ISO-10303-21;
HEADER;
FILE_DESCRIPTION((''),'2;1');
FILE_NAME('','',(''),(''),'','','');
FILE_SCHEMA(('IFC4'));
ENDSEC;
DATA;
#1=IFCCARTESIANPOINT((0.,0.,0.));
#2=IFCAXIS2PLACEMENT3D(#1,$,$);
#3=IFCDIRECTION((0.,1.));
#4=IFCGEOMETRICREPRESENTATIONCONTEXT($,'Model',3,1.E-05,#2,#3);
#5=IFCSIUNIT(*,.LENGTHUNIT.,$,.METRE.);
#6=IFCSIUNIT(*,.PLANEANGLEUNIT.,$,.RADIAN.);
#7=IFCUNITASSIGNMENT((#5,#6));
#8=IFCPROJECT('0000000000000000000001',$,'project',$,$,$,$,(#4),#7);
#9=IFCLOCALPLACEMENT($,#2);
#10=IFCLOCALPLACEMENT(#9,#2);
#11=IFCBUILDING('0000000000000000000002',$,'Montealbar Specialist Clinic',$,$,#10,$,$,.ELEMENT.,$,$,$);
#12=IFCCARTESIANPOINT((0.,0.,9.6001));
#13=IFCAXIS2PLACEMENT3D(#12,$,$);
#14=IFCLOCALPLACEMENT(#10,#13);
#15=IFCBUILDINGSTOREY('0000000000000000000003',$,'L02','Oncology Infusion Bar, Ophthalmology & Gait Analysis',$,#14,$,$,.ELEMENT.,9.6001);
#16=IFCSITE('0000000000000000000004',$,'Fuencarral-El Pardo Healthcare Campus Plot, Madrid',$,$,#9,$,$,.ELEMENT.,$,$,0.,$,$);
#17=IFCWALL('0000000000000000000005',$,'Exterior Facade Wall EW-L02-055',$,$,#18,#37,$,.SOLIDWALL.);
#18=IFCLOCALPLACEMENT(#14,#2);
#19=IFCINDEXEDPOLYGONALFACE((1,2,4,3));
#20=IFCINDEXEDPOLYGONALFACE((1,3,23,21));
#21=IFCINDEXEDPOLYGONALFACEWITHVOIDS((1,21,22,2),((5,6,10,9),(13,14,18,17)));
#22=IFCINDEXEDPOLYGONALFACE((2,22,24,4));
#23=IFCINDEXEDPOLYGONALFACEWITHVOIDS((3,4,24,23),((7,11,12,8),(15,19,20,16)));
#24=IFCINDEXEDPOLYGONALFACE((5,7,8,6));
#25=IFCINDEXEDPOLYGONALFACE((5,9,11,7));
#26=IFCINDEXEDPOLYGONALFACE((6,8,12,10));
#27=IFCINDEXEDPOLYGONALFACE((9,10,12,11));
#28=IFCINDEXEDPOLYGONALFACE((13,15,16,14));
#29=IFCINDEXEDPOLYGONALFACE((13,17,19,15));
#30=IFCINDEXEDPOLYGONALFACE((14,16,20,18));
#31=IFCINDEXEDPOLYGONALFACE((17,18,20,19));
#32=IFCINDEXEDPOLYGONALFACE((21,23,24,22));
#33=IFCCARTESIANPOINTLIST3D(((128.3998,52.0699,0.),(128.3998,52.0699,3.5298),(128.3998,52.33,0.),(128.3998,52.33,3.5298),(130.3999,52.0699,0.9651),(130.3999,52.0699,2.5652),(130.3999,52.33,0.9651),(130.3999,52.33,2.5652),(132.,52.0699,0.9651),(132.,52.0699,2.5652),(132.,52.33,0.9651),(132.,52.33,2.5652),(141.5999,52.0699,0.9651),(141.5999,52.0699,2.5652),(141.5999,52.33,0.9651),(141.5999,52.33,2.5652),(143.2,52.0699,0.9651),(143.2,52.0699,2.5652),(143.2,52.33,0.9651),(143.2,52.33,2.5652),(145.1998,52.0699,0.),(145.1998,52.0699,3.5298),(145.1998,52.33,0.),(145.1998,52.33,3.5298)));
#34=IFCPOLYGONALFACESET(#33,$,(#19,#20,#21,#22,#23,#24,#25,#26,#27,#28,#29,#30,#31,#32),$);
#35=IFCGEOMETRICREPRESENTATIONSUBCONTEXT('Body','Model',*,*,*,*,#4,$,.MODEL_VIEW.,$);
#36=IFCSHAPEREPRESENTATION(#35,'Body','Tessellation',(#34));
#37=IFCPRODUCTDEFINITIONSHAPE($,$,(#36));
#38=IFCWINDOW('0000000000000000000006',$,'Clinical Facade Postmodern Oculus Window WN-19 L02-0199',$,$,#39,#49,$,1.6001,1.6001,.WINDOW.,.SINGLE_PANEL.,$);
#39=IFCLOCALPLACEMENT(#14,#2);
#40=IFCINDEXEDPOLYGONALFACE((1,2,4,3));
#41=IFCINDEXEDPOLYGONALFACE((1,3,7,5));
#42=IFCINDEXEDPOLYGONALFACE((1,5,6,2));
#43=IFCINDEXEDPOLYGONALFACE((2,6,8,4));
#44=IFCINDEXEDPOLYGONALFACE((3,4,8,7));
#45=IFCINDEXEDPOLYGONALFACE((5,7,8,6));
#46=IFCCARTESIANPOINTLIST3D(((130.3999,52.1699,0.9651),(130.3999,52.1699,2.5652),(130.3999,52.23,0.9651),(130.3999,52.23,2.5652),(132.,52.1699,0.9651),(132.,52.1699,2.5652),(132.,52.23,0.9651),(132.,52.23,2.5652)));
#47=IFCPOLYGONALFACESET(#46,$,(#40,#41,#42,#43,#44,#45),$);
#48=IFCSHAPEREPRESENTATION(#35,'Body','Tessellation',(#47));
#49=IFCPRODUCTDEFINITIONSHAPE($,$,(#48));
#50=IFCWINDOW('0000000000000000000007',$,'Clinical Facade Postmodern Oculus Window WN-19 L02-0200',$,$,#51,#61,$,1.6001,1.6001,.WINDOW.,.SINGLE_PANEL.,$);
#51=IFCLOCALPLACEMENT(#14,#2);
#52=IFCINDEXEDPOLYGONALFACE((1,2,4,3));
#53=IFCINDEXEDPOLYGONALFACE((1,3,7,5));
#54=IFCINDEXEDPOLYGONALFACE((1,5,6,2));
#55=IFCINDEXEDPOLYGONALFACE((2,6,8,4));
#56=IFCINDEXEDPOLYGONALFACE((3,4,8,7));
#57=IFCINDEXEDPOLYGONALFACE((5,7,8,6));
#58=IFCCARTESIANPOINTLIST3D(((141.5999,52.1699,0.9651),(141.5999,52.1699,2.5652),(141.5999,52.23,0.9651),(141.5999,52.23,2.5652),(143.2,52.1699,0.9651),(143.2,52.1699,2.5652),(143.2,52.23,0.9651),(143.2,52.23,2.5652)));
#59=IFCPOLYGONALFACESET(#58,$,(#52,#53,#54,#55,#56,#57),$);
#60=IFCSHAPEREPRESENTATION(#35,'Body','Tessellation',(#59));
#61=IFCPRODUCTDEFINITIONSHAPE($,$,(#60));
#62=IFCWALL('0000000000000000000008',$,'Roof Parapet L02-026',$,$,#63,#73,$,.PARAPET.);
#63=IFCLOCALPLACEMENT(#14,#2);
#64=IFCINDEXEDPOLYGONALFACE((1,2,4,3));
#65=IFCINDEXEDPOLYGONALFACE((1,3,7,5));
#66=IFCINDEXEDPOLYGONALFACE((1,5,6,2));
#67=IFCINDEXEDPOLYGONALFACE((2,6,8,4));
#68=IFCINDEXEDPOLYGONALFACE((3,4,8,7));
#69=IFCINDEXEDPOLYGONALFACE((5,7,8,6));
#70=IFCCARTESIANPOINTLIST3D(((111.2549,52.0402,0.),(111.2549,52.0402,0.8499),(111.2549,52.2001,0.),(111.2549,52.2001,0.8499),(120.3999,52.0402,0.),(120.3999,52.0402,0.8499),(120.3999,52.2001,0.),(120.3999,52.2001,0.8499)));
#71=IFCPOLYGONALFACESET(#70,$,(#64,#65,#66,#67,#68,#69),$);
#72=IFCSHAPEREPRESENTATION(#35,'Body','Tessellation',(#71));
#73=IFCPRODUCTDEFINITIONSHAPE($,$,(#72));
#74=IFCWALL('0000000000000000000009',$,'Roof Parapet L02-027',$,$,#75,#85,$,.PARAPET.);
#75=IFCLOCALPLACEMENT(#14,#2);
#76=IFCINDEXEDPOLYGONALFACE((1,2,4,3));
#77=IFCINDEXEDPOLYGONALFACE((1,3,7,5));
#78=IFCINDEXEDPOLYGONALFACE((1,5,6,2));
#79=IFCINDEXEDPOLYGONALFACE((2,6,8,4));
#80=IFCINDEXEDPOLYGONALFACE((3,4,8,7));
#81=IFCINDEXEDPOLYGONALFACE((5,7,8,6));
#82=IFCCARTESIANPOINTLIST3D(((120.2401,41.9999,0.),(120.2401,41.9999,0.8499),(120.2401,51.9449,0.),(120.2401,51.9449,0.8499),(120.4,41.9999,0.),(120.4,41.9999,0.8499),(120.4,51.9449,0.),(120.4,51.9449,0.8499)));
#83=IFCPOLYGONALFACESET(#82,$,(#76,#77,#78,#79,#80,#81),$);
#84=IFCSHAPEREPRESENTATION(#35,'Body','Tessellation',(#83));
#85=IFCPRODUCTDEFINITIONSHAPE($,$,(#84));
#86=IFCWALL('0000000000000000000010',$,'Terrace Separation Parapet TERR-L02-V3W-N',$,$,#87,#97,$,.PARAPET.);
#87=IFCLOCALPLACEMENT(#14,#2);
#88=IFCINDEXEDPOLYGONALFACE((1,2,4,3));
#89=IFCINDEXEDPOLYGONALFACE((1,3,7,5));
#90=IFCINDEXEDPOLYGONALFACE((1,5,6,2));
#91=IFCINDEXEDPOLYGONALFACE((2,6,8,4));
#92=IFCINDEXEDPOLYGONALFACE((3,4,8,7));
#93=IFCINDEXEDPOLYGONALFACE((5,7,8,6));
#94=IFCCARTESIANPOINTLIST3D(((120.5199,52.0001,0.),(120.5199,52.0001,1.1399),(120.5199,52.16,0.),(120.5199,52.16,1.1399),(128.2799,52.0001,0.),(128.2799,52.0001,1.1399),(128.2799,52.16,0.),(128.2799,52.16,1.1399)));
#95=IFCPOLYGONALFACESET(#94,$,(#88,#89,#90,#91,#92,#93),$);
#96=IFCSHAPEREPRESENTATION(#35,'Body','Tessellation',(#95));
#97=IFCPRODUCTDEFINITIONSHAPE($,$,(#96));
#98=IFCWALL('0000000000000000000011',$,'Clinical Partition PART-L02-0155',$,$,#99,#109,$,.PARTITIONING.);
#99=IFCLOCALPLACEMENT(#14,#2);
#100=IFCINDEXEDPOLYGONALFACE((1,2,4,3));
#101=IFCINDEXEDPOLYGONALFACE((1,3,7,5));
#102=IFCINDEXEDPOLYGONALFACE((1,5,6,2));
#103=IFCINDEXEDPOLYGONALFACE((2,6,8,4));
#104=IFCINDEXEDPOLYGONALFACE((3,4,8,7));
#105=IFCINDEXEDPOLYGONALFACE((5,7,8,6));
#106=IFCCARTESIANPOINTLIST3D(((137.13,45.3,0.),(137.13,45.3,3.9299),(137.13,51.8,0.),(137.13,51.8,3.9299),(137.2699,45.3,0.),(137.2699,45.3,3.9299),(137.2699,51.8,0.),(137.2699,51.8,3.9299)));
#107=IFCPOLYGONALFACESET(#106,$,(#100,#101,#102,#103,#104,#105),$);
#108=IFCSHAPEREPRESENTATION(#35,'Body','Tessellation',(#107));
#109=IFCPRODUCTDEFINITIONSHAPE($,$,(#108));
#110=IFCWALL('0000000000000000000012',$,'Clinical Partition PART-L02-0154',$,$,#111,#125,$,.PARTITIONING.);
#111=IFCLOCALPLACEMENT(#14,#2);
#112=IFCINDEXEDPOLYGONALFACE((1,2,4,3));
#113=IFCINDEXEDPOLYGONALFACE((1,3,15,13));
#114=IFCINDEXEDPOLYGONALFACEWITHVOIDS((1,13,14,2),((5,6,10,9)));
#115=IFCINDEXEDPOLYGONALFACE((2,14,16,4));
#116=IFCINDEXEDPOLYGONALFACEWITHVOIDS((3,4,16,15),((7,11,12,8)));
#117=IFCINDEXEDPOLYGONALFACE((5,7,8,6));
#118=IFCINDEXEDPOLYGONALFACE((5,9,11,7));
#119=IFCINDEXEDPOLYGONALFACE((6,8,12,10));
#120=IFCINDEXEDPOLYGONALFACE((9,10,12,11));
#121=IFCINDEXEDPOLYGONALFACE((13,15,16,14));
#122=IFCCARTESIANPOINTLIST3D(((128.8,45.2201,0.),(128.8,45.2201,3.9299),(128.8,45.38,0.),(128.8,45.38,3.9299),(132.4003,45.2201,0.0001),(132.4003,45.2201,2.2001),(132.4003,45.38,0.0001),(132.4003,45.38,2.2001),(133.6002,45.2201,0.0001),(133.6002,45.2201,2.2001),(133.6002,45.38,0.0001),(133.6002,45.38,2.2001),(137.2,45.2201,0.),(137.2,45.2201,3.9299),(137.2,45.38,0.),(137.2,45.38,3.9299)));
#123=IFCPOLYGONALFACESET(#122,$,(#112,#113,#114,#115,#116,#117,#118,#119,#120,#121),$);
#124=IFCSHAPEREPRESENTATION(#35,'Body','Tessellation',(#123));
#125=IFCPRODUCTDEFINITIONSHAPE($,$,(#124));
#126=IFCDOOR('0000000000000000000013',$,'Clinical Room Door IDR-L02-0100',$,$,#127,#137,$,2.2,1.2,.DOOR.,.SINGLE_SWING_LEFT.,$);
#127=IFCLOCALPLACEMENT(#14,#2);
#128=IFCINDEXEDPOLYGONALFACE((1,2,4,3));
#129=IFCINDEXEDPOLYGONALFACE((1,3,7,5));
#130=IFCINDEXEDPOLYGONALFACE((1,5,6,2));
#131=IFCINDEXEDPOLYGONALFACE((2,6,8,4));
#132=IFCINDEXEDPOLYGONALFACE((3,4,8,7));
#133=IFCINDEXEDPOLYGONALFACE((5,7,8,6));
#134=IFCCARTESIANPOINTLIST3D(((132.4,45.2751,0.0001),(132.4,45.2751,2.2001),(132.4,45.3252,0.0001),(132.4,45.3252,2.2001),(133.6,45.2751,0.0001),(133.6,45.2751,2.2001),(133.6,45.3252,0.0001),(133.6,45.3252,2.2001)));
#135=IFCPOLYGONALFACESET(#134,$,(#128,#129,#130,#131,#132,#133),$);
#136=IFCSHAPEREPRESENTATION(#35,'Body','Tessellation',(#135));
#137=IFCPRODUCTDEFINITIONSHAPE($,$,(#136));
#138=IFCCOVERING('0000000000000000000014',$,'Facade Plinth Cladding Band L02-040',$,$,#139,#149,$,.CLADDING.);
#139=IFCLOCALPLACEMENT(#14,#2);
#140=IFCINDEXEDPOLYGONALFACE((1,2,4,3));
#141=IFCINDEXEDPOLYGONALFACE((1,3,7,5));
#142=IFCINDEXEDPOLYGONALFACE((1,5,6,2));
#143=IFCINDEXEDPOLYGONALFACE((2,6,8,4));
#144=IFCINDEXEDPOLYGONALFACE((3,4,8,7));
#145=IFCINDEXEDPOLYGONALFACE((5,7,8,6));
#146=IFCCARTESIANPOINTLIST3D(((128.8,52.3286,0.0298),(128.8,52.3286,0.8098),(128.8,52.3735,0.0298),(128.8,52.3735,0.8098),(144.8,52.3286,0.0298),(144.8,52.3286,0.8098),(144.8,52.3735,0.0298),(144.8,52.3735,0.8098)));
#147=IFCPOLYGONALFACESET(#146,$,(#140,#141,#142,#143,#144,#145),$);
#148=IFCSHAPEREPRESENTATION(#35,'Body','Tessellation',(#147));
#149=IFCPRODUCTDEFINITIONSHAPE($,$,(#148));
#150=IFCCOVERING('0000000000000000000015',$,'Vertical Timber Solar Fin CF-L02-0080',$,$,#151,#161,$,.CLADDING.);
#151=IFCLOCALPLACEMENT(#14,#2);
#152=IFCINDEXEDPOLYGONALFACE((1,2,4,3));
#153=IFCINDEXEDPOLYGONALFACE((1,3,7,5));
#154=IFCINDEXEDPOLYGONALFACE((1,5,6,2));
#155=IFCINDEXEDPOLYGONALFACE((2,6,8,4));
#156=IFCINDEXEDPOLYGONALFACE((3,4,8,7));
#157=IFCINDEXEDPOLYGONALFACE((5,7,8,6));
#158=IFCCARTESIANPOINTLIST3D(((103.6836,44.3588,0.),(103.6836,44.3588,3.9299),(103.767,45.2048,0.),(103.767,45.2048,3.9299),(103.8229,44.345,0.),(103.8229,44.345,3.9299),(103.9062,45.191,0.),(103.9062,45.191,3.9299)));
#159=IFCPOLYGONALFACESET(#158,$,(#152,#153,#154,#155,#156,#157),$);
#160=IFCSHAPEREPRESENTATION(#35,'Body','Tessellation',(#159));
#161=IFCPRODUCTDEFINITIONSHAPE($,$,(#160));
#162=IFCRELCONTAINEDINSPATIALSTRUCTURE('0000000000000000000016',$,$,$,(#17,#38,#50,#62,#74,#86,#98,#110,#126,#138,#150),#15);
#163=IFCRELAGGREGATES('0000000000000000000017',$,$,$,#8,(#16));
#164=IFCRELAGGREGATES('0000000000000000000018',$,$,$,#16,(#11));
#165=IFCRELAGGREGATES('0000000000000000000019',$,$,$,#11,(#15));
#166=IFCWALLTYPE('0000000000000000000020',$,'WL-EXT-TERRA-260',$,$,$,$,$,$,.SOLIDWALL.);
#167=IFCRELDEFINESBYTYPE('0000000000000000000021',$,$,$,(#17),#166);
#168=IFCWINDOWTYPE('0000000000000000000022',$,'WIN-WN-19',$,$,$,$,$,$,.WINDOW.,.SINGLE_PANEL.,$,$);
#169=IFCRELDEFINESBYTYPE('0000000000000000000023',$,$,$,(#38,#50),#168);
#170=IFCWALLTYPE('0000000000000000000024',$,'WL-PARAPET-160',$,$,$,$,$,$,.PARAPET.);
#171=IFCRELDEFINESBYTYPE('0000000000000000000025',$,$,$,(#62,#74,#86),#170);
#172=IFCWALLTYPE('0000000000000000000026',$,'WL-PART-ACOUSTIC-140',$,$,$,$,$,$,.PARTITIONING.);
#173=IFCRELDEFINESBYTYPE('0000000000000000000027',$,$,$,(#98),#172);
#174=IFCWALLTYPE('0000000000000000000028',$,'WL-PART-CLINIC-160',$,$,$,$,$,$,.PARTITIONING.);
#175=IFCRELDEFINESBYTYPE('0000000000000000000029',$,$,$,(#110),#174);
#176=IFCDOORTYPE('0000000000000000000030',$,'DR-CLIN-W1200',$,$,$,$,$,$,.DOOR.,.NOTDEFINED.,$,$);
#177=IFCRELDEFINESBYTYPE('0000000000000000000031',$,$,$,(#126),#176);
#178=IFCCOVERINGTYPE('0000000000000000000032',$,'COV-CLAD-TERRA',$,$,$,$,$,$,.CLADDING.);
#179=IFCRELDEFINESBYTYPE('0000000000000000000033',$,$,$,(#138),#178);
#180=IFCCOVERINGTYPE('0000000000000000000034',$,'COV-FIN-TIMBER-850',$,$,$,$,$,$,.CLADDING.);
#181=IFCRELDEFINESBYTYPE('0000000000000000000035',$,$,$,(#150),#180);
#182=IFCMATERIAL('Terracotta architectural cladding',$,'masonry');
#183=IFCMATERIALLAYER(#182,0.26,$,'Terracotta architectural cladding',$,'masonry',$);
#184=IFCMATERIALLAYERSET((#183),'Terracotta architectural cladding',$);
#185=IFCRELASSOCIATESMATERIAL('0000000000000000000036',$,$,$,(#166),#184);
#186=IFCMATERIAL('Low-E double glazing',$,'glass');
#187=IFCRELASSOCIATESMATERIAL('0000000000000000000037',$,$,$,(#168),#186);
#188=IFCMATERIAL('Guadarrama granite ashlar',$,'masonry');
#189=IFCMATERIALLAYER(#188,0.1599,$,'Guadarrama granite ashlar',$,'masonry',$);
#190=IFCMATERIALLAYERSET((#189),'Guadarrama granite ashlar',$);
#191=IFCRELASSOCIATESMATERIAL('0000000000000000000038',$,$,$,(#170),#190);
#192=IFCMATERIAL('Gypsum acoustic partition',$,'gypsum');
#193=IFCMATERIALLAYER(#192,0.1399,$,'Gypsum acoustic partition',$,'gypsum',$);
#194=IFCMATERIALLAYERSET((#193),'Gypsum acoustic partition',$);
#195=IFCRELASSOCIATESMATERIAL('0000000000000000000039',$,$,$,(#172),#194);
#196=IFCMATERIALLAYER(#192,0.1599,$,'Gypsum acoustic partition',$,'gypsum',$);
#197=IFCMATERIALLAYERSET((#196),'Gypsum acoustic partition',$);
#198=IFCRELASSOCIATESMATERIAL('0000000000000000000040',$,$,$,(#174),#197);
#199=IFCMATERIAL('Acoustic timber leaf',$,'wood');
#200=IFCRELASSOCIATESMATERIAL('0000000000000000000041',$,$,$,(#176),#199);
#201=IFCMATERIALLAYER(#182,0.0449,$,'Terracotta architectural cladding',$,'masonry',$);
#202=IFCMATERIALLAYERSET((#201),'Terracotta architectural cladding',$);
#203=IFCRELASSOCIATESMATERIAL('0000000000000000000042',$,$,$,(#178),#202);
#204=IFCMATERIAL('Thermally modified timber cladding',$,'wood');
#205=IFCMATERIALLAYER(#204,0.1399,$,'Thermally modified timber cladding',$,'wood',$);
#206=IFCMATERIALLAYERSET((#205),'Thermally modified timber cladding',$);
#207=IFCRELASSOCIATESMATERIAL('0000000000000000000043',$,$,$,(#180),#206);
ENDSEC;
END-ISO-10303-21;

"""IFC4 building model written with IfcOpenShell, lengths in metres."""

from ifc_helpers import new_model, si_unit, direction, frame, frame_2d, origin, origin_2d, place, context, subcontext, project, spatial, rectangle, extrude, material, layer, layer_set, type_object, element, fill, save


model = new_model("IFC4")

# Units and contexts
model_context = context("Model", 3, precision=1e-05, world=origin(), true_north=direction((0.0, 1.0)))
body_context = subcontext(model_context, "Body", "Model", "MODEL_VIEW")
ifc_project = project(units=[si_unit("LENGTHUNIT", "METRE"), si_unit("PLANEANGLEUNIT", "RADIAN")], contexts=[model_context])

# Site, building, storey
site_placement = place(None, origin())
site = spatial("IfcSite", under=ifc_project, at=site_placement, Name="Fuencarral-El Pardo Healthcare Campus Plot, Madrid", CompositionType="ELEMENT", RefElevation=0.0)
building_placement = place(site_placement, origin())
building = spatial("IfcBuilding", under=site, at=building_placement, Name="Montealbar Specialist Clinic", CompositionType="ELEMENT")
storey_placement = place(building_placement, frame((0.0, 0.0, 9.6001)))
storey = spatial("IfcBuildingStorey", under=building, at=storey_placement, Name="L02", Description="Oncology Infusion Bar, Ophthalmology & Gait Analysis", CompositionType="ELEMENT", Elevation=9.6001)

# Shared definitions
ifc_material_1 = material(Name="Low-E double glazing", Category="glass")

# Wall, openings, windows
ifc_material_2 = material(Name="Terracotta architectural cladding", Category="masonry")
ifc_layer_1 = layer(ifc_material_2, 0.26, Name="Terracotta architectural cladding", Category="masonry")
ifc_layer_set_1 = layer_set([ifc_layer_1], Name="Terracotta architectural cladding")
wall_type_1 = type_object("IfcWallType", Name="WL-EXT-TERRA-260", PredefinedType="SOLIDWALL", material=ifc_layer_set_1)
wall_1_placement = place(storey_placement, frame((128.3999, 52.2, 0.0), z_axis=(0.0, 0.0, 1.0), x_axis=(1.0, 0.0, 0.0)))
wall_1 = element("IfcWall", 1, at=wall_1_placement, inside=storey, type_object=wall_type_1, Name="Exterior Facade Wall EW-L02-055", PredefinedType="SOLIDWALL", context=body_context, shape_type="SweptSolid", body=[
    extrude(rectangle(XDim=16.8, YDim=0.26, at=frame_2d((8.3999, 0.0))), origin(), (0.0, 0.0, 1.0), 3.5298),
])
opening_1_placement = place(wall_1_placement, frame((2.0, 0.0, 0.9651)))
opening_1 = element("IfcOpeningElement", 2, at=opening_1_placement, cuts=wall_1, PredefinedType="OPENING", context=body_context, shape_type="SweptSolid", body=[
    extrude(rectangle(XDim=1.6001, YDim=1.6001, at=frame_2d((0.8, 0.8))), frame((0.0, 0.1399, 0.0), z_axis=(0.0, -1.0, 0.0), x_axis=(1.0, 0.0, 0.0)), (0.0, 0.0, 1.0), 0.28),
])
opening_2_placement = place(wall_1_placement, frame((13.2, 0.0, 0.9651)))
opening_2 = element("IfcOpeningElement", 3, at=opening_2_placement, cuts=wall_1, PredefinedType="OPENING", context=body_context, shape_type="SweptSolid", body=[
    extrude(rectangle(XDim=1.6001, YDim=1.6001, at=frame_2d((0.8, 0.8))), frame((0.0, 0.1399, 0.0), z_axis=(0.0, -1.0, 0.0), x_axis=(1.0, 0.0, 0.0)), (0.0, 0.0, 1.0), 0.28),
])
window_type = type_object("IfcWindowType", Name="WIN-WN-19", PartitioningType="SINGLE_PANEL", PredefinedType="WINDOW", material=ifc_material_1)
window_1_placement = place(opening_1_placement, origin())
window_1 = element("IfcWindow", 4, at=window_1_placement, inside=storey, type_object=window_type, Name="Clinical Facade Postmodern Oculus Window WN-19 L02-0199", OverallHeight=1.6001, OverallWidth=1.6001, PartitioningType="SINGLE_PANEL", PredefinedType="WINDOW", context=body_context, shape_type="SweptSolid", body=[
    extrude(rectangle(XDim=1.6001, YDim=1.6001, at=frame_2d((0.8, 0.8))), frame((0.0, 0.03, 0.0), z_axis=(0.0, -1.0, 0.0), x_axis=(1.0, 0.0, 0.0)), (0.0, 0.0, 1.0), 0.0601),
])
fill(opening_1, window_1)
window_2_placement = place(opening_2_placement, origin())
window_2 = element("IfcWindow", 5, at=window_2_placement, inside=storey, type_object=window_type, Name="Clinical Facade Postmodern Oculus Window WN-19 L02-0200", OverallHeight=1.6001, OverallWidth=1.6001, PartitioningType="SINGLE_PANEL", PredefinedType="WINDOW", context=body_context, shape_type="SweptSolid", body=[
    extrude(rectangle(XDim=1.6001, YDim=1.6001, at=frame_2d((0.8, 0.8))), frame((0.0, 0.03, 0.0), z_axis=(0.0, -1.0, 0.0), x_axis=(1.0, 0.0, 0.0)), (0.0, 0.0, 1.0), 0.0601),
])
fill(opening_2, window_2)

# Walls
ifc_material_3 = material(Name="Guadarrama granite ashlar", Category="masonry")
ifc_layer_2 = layer(ifc_material_3, 0.1599, Name="Guadarrama granite ashlar", Category="masonry")
ifc_layer_set_2 = layer_set([ifc_layer_2], Name="Guadarrama granite ashlar")
wall_type_2 = type_object("IfcWallType", Name="WL-PARAPET-160", PredefinedType="PARAPET", material=ifc_layer_set_2)
wall_2_placement = place(storey_placement, frame((111.2549, 52.1201, 0.0), z_axis=(0.0, 0.0, 1.0), x_axis=(1.0, 0.0, 0.0)))
element("IfcWall", 6, at=wall_2_placement, inside=storey, type_object=wall_type_2, Name="Roof Parapet L02-026", PredefinedType="PARAPET", context=body_context, shape_type="SweptSolid", body=[
    extrude(rectangle(XDim=9.145, YDim=0.1599, at=frame_2d((4.5725, 0.0))), origin(), (0.0, 0.0, 1.0), 0.8499),
])
wall_3_placement = place(storey_placement, frame((120.3201, 51.9451, 0.0), z_axis=(0.0, 0.0, 1.0), x_axis=(0.0, -1.0, 0.0)))
element("IfcWall", 7, at=wall_3_placement, inside=storey, type_object=wall_type_2, Name="Roof Parapet L02-027", PredefinedType="PARAPET", context=body_context, shape_type="SweptSolid", body=[
    extrude(rectangle(XDim=9.9451, YDim=0.1599, at=frame_2d((4.9727, 0.0))), origin(), (0.0, 0.0, 1.0), 0.8499),
])
wall_4_placement = place(storey_placement, frame((120.52, 52.0801, 0.0), z_axis=(0.0, 0.0, 1.0), x_axis=(1.0, 0.0, 0.0)))
element("IfcWall", 8, at=wall_4_placement, inside=storey, type_object=wall_type_2, Name="Terrace Separation Parapet TERR-L02-V3W-N", PredefinedType="PARAPET", context=body_context, shape_type="SweptSolid", body=[
    extrude(rectangle(XDim=7.76, YDim=0.1599, at=frame_2d((3.8799, 0.0))), origin(), (0.0, 0.0, 1.0), 1.1399),
])
ifc_material_4 = material(Name="Gypsum acoustic partition", Category="gypsum")
ifc_layer_3 = layer(ifc_material_4, 0.1399, Name="Gypsum acoustic partition", Category="gypsum")
ifc_layer_set_3 = layer_set([ifc_layer_3], Name="Gypsum acoustic partition")
wall_type_3 = type_object("IfcWallType", Name="WL-PART-ACOUSTIC-140", PredefinedType="PARTITIONING", material=ifc_layer_set_3)
wall_5_placement = place(storey_placement, frame((137.2, 45.3, 0.0), z_axis=(0.0, 0.0, 1.0), x_axis=(0.0, 1.0, 0.0)))
element("IfcWall", 9, at=wall_5_placement, inside=storey, type_object=wall_type_3, Name="Clinical Partition PART-L02-0155", PredefinedType="PARTITIONING", context=body_context, shape_type="SweptSolid", body=[
    extrude(rectangle(XDim=6.5, YDim=0.1399, at=frame_2d((3.25, 0.0))), origin(), (0.0, 0.0, 1.0), 3.9299),
])

# Wall, opening, door
ifc_layer_4 = layer(ifc_material_4, 0.1599, Name="Gypsum acoustic partition", Category="gypsum")
ifc_layer_set_4 = layer_set([ifc_layer_4], Name="Gypsum acoustic partition")
wall_type_4 = type_object("IfcWallType", Name="WL-PART-CLINIC-160", PredefinedType="PARTITIONING", material=ifc_layer_set_4)
wall_6_placement = place(storey_placement, frame((128.8, 45.3, 0.0), z_axis=(0.0, 0.0, 1.0), x_axis=(1.0, 0.0, 0.0)))
wall_6 = element("IfcWall", 10, at=wall_6_placement, inside=storey, type_object=wall_type_4, Name="Clinical Partition PART-L02-0154", PredefinedType="PARTITIONING", context=body_context, shape_type="SweptSolid", body=[
    extrude(rectangle(XDim=8.3999, YDim=0.1599, at=frame_2d((4.2, 0.0))), origin(), (0.0, 0.0, 1.0), 3.9299),
])
opening_3_placement = place(wall_6_placement, frame((3.6001, 0.0, 0.0)))
opening_3 = element("IfcOpeningElement", 11, at=opening_3_placement, cuts=wall_6, PredefinedType="OPENING", context=body_context, shape_type="SweptSolid", body=[
    extrude(rectangle(XDim=1.2, YDim=2.2, at=frame_2d((0.6001, 1.1001))), frame((0.0, 0.0898, 0.0), z_axis=(0.0, -1.0, 0.0), x_axis=(1.0, 0.0, 0.0)), (0.0, 0.0, 1.0), 0.1799),
])
ifc_material_5 = material(Name="Acoustic timber leaf", Category="wood")
door_type = type_object("IfcDoorType", Name="DR-CLIN-W1200", OperationType="NOTDEFINED", PredefinedType="DOOR", material=ifc_material_5)
door_placement = place(opening_3_placement, frame((1.2, 0.0, 0.0), z_axis=(0.0, 0.0, 1.0), x_axis=(-1.0, 0.0, 0.0)))
door = element("IfcDoor", 12, at=door_placement, inside=storey, type_object=door_type, Name="Clinical Room Door IDR-L02-0100", OperationType="SINGLE_SWING_LEFT", OverallHeight=2.2, OverallWidth=1.2, PredefinedType="DOOR", context=body_context, shape_type="SweptSolid", body=[
    extrude(rectangle(XDim=1.2, YDim=2.2, at=frame_2d((0.6001, 1.1001))), frame((0.0, 0.0249, 0.0), z_axis=(0.0, -1.0, 0.0), x_axis=(1.0, 0.0, 0.0)), (0.0, 0.0, 1.0), 0.05),
])
fill(opening_3, door)

# Coverings
ifc_layer_5 = layer(ifc_material_2, 0.0449, Name="Terracotta architectural cladding", Category="masonry")
ifc_layer_set_5 = layer_set([ifc_layer_5], Name="Terracotta architectural cladding")
covering_type_1 = type_object("IfcCoveringType", Name="COV-CLAD-TERRA", PredefinedType="CLADDING", material=ifc_layer_set_5)
covering_1_placement = place(storey_placement, frame((136.8, 52.3511, 0.0298), z_axis=(0.0, 0.0, 1.0), x_axis=(1.0, 0.0, 0.0)))
element("IfcCovering", 13, at=covering_1_placement, inside=storey, type_object=covering_type_1, Name="Facade Plinth Cladding Band L02-040", PredefinedType="CLADDING", context=body_context, shape_type="SweptSolid", body=[
    extrude(rectangle(XDim=16.0, YDim=0.0449, at=origin_2d()), origin(), (0.0, 0.0, 1.0), 0.78),
])
ifc_material_6 = material(Name="Thermally modified timber cladding", Category="wood")
ifc_layer_6 = layer(ifc_material_6, 0.1399, Name="Thermally modified timber cladding", Category="wood")
ifc_layer_set_6 = layer_set([ifc_layer_6], Name="Thermally modified timber cladding")
covering_type_2 = type_object("IfcCoveringType", Name="COV-FIN-TIMBER-850", PredefinedType="CLADDING", material=ifc_layer_set_6)
covering_2_placement = place(storey_placement, frame((103.7949, 44.7749, 0.0), z_axis=(0.0, 0.0, 1.0), x_axis=(0.098045, 0.995182, 0.0)))
element("IfcCovering", 14, at=covering_2_placement, inside=storey, type_object=covering_type_2, Name="Vertical Timber Solar Fin CF-L02-0080", PredefinedType="CLADDING", context=body_context, shape_type="SweptSolid", body=[
    extrude(rectangle(XDim=0.8501, YDim=0.1399, at=origin_2d()), origin(), (0.0, 0.0, 1.0), 3.9299),
])

save(model, "model.ifc")
